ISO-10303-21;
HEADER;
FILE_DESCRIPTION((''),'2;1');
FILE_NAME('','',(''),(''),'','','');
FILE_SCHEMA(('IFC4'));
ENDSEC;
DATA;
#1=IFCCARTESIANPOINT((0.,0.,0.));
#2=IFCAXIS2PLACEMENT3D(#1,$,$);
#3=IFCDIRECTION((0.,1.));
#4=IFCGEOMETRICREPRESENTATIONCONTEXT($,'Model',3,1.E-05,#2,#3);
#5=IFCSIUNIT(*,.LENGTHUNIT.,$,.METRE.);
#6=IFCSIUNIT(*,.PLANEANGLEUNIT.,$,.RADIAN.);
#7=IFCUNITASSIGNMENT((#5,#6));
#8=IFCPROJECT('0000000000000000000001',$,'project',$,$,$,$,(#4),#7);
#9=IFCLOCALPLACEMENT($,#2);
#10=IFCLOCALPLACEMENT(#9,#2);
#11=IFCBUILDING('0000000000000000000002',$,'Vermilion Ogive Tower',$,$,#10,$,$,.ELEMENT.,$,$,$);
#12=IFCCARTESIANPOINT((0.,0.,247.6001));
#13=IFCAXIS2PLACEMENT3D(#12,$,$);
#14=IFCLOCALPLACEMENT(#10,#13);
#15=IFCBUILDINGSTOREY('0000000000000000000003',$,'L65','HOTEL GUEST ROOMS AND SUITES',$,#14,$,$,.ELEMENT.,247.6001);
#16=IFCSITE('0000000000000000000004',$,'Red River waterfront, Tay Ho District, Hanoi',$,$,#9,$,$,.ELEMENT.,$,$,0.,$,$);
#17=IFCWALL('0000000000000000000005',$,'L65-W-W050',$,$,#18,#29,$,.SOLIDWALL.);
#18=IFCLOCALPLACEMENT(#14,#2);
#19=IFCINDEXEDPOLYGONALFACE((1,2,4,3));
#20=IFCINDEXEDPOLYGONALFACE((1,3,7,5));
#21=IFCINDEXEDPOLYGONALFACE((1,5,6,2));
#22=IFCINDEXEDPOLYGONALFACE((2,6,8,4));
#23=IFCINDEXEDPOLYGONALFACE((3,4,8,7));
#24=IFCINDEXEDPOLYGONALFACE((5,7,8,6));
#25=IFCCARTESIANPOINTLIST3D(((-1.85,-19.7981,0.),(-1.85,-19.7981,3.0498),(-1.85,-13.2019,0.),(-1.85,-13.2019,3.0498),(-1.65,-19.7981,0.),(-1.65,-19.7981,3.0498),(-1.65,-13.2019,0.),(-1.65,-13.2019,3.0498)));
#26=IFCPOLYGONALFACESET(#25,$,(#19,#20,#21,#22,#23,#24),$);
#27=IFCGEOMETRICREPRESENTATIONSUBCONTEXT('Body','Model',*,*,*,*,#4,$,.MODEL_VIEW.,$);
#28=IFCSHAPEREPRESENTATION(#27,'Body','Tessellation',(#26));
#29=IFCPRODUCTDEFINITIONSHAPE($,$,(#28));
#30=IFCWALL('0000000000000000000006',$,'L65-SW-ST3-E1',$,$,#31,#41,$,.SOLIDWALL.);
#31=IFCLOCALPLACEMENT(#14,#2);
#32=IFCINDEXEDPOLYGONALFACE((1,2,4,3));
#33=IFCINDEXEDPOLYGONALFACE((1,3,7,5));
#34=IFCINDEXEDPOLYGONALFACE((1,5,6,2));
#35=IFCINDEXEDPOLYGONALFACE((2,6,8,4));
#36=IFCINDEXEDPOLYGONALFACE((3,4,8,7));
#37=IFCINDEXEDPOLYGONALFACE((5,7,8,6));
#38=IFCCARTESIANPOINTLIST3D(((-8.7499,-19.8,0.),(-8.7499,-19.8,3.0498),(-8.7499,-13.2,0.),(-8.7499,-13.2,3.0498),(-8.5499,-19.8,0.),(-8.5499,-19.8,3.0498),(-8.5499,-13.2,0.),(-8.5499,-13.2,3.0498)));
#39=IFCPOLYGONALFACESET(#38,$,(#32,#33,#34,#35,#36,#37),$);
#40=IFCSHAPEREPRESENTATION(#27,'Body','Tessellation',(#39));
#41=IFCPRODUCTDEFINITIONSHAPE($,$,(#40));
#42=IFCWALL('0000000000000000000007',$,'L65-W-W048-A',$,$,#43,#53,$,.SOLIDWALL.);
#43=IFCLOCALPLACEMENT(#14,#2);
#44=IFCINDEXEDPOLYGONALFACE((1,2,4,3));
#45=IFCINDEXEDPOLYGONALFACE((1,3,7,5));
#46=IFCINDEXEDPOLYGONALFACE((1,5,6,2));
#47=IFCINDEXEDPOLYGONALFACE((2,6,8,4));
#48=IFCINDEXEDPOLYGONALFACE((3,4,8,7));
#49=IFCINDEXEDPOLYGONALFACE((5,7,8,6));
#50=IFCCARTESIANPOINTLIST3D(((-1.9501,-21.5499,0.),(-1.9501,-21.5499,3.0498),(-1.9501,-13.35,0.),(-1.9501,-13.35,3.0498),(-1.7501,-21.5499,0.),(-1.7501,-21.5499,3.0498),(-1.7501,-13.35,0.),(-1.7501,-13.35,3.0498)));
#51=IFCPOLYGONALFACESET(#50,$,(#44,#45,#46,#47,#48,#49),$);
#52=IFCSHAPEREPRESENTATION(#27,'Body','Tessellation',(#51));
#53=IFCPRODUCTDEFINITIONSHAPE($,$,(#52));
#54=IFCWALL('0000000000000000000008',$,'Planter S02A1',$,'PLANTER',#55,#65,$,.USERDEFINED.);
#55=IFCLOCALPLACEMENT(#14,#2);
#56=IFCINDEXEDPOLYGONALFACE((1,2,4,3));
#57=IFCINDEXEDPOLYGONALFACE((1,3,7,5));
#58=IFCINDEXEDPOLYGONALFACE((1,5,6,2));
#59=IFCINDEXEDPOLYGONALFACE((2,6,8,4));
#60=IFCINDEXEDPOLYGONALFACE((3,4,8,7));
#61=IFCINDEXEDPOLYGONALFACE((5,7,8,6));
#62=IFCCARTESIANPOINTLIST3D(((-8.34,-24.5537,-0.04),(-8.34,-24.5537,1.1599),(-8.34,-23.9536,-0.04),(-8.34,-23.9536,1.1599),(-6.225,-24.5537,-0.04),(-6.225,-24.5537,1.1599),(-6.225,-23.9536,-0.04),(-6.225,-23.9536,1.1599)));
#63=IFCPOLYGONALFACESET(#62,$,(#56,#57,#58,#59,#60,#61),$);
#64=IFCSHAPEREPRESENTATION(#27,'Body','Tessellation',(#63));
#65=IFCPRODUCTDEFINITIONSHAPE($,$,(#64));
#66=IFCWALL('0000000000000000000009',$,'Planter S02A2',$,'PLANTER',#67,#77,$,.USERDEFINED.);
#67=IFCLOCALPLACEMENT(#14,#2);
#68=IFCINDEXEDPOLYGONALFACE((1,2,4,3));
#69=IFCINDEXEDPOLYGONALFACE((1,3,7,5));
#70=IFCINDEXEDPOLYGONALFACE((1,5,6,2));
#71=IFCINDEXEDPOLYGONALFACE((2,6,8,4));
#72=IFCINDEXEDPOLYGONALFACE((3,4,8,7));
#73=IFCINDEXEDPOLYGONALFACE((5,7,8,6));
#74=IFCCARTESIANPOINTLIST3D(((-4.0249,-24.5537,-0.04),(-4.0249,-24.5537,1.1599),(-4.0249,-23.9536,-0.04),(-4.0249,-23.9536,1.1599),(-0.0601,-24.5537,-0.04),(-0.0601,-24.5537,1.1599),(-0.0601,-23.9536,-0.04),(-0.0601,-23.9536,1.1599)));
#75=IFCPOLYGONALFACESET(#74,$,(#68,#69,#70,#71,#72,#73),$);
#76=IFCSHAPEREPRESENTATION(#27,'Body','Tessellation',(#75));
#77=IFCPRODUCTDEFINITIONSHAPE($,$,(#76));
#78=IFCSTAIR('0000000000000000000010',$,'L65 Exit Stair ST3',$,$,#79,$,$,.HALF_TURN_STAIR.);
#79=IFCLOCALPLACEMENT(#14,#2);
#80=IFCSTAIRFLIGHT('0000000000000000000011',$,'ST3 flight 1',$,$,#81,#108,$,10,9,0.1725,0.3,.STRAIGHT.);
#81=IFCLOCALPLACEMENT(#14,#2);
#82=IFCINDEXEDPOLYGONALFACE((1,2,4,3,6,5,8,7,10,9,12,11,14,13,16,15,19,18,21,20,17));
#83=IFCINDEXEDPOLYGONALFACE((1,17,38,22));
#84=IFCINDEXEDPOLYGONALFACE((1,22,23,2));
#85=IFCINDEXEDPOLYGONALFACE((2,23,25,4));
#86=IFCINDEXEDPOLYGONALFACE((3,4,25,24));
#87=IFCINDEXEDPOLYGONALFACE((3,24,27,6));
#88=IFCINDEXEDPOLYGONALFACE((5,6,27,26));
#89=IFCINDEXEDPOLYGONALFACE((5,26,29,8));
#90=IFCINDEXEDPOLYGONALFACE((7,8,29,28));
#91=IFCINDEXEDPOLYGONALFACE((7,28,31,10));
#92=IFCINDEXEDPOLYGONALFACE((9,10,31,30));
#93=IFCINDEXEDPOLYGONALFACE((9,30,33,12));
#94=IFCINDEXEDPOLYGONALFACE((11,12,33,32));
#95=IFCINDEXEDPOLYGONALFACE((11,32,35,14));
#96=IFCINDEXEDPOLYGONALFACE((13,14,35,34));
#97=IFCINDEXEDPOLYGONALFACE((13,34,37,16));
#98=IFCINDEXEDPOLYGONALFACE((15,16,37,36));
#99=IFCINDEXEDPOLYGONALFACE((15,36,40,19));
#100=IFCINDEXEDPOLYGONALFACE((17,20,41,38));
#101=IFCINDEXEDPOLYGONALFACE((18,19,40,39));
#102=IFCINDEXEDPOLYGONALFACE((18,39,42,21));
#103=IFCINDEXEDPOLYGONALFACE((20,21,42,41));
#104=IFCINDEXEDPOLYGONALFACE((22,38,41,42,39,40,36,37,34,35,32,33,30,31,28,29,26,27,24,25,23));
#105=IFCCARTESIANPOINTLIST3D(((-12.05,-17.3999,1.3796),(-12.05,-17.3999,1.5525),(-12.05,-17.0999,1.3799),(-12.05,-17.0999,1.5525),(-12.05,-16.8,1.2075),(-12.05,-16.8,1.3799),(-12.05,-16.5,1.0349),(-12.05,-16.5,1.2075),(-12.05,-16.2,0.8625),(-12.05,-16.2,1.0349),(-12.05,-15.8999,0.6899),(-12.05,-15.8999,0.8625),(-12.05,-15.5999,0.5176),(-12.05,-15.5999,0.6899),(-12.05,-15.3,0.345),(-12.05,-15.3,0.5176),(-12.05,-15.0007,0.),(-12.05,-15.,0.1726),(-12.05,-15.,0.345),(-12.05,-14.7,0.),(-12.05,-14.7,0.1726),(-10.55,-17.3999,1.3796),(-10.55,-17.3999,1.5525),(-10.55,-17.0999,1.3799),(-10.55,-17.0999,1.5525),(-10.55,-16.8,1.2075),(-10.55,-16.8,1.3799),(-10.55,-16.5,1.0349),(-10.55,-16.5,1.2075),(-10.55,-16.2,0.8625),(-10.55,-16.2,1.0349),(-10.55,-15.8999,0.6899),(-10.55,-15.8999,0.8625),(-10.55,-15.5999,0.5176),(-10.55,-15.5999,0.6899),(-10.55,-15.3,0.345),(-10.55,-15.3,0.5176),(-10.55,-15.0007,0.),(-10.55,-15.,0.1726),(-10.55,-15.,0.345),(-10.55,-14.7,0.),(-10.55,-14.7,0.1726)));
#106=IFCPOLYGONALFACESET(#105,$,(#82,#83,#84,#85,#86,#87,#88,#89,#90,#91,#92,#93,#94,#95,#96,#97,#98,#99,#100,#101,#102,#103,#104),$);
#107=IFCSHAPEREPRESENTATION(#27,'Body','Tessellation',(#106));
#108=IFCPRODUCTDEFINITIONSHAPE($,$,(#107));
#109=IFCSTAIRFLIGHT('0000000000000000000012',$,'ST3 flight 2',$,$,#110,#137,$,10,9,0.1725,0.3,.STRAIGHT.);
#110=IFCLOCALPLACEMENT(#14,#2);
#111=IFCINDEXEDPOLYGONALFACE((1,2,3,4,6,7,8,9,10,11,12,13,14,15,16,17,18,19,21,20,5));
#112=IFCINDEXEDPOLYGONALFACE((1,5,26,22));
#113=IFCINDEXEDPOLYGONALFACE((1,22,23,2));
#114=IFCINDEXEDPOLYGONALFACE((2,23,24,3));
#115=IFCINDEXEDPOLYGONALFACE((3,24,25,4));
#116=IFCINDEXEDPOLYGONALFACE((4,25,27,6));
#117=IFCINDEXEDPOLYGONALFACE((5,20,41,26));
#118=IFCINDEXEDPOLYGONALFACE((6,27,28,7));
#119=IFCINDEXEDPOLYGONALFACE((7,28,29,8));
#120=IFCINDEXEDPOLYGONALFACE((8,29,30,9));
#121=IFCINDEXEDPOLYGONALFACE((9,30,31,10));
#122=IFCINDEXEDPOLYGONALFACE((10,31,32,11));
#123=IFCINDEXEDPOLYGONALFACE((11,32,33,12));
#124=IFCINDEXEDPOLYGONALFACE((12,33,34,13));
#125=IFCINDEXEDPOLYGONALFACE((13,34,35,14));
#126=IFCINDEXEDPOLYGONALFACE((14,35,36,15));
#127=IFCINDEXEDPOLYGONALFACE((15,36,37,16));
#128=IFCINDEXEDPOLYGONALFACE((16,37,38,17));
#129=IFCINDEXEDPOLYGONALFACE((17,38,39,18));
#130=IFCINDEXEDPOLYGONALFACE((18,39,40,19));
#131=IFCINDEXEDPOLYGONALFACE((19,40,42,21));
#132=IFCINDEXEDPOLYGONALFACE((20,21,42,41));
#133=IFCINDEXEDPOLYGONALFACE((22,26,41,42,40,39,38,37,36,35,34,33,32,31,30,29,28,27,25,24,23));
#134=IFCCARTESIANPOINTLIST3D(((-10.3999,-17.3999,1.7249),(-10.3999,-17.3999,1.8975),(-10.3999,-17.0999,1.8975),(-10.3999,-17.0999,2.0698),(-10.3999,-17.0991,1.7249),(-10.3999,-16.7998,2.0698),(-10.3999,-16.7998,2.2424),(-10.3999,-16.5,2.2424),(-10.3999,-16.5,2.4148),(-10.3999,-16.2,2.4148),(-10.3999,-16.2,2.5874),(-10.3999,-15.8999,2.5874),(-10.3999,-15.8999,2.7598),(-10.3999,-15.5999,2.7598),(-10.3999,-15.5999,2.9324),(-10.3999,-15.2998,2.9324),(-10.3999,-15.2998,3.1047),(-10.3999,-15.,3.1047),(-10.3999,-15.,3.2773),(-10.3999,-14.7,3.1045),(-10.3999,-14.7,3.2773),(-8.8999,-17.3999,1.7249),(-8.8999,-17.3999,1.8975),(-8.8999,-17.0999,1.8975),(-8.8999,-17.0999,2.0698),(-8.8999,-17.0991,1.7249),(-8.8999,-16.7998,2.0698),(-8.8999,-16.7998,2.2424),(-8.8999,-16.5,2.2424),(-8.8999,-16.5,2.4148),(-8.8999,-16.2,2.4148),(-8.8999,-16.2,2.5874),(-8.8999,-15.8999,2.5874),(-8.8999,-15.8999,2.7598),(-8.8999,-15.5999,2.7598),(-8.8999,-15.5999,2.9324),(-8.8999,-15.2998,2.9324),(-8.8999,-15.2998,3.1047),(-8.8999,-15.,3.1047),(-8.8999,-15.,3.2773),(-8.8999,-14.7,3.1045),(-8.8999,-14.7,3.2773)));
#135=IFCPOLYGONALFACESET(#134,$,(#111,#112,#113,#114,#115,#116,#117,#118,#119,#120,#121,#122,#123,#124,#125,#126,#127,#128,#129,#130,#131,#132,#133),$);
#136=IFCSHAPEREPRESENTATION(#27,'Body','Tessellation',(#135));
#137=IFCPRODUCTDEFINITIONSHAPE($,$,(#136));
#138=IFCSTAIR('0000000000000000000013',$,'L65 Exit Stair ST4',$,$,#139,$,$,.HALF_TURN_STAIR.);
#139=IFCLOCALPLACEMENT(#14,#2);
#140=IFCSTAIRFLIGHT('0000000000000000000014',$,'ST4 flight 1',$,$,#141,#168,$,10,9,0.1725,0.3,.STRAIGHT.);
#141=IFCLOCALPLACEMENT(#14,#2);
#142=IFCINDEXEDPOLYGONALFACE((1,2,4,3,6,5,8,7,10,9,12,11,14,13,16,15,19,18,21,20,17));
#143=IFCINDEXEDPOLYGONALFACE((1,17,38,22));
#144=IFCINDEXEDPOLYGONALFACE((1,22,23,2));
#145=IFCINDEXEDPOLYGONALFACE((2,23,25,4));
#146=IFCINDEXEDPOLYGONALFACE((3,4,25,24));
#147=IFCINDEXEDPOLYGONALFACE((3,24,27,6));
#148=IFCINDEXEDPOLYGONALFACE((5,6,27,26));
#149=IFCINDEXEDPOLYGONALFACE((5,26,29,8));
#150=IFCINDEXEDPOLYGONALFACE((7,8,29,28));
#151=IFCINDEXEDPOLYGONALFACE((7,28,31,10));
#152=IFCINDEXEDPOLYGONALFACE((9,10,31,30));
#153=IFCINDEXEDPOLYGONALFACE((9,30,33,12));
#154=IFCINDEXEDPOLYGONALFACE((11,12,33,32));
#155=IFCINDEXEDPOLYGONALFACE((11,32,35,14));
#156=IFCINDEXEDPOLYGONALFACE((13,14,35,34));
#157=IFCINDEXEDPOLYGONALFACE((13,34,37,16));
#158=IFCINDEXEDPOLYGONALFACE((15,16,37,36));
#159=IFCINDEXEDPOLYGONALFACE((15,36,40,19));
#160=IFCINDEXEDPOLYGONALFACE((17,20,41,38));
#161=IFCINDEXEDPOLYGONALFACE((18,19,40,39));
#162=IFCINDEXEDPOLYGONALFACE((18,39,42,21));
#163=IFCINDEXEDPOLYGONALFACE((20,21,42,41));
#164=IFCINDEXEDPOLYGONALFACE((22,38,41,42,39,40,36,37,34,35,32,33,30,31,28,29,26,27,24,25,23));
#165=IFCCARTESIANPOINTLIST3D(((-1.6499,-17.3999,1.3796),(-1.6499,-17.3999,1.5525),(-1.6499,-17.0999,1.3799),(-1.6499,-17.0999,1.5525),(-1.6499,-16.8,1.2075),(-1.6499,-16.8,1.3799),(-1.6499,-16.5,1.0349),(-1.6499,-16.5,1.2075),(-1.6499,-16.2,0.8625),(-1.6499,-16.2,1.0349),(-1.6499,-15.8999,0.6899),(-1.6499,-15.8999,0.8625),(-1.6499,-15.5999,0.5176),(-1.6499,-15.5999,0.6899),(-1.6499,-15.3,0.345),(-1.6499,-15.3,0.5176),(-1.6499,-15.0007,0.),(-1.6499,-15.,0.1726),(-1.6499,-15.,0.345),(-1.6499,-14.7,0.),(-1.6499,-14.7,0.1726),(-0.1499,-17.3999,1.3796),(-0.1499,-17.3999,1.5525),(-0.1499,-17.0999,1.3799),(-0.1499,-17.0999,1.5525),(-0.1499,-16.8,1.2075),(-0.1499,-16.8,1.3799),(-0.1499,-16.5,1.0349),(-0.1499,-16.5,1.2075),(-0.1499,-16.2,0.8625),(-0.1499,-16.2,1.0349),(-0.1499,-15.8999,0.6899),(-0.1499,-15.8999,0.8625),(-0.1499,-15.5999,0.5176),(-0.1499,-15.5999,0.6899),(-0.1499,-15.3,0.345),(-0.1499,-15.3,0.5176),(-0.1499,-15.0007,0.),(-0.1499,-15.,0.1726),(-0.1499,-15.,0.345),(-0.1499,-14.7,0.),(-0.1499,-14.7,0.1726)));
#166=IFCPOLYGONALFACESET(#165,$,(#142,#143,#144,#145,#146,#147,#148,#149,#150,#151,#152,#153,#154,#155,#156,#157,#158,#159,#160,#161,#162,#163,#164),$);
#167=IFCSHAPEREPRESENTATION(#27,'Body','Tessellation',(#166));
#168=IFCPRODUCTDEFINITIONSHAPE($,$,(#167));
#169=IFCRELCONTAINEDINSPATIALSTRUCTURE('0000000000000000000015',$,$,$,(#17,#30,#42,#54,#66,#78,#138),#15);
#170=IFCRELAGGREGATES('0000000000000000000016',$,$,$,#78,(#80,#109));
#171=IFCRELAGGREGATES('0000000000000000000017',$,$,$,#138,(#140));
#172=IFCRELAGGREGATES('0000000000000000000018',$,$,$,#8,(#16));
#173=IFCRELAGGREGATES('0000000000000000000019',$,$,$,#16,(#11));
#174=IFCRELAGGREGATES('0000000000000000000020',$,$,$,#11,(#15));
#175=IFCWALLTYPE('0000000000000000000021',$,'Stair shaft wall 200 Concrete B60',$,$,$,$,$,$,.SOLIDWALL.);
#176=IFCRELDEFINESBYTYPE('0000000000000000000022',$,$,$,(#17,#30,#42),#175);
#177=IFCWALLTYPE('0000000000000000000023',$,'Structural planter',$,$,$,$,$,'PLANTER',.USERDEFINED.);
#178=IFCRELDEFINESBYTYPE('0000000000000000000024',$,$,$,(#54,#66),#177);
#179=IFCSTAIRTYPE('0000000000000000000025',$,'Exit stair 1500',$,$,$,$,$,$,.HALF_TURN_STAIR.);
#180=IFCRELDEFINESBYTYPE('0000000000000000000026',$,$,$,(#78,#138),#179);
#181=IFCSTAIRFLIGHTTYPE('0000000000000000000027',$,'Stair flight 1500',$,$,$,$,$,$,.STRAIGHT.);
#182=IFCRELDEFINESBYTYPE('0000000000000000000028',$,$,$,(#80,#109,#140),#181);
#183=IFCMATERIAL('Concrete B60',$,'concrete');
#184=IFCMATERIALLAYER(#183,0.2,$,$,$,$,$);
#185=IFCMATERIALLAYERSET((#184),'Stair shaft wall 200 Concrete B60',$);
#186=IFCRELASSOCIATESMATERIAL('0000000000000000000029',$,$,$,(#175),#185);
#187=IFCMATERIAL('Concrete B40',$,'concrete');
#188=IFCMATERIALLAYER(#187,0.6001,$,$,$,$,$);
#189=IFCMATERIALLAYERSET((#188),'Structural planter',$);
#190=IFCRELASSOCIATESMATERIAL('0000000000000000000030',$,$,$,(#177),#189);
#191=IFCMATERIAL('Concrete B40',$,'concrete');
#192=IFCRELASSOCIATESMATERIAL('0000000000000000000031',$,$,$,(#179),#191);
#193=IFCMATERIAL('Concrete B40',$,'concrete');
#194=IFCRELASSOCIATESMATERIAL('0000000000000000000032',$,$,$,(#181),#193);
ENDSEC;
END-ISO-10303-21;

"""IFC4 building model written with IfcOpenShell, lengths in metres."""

from ifc_helpers import new_model, si_unit, direction, frame, frame_2d, origin, place, context, subcontext, project, spatial, polyline, rectangle, outline, extrude, material, layer, layer_set, type_object, element, aggregate, save


model = new_model("IFC4")

# Units and contexts
model_context = context("Model", 3, precision=1e-05, world=origin(), true_north=direction((0.0, 1.0)))
body_context = subcontext(model_context, "Body", "Model", "MODEL_VIEW")
ifc_project = project(units=[si_unit("LENGTHUNIT", "METRE"), si_unit("PLANEANGLEUNIT", "RADIAN")], contexts=[model_context])

# Site, building, storey
site_placement = place(None, origin())
site = spatial("IfcSite", under=ifc_project, at=site_placement, Name="Red River waterfront, Tay Ho District, Hanoi", CompositionType="ELEMENT", RefElevation=0.0)
building_placement = place(site_placement, origin())
building = spatial("IfcBuilding", under=site, at=building_placement, Name="Vermilion Ogive Tower", CompositionType="ELEMENT")
storey_placement = place(building_placement, frame((0.0, 0.0, 247.6001)))
storey = spatial("IfcBuildingStorey", under=building, at=storey_placement, Name="L65", Description="HOTEL GUEST ROOMS AND SUITES", CompositionType="ELEMENT", Elevation=247.6001)

# Shared definitions
ifc_material_1 = material(Name="Concrete B60", Category="concrete")
ifc_layer_1 = layer(ifc_material_1, 0.2)
ifc_layer_set_1 = layer_set([ifc_layer_1], Name="Stair shaft wall 200 Concrete B60")
wall_type_1 = type_object("IfcWallType", Name="Stair shaft wall 200 Concrete B60", PredefinedType="SOLIDWALL", material=ifc_layer_set_1)

# Walls
wall_1_placement = place(storey_placement, frame((-1.75, -19.7981, 0.0), z_axis=(0.0, 0.0, 1.0), x_axis=(0.0, 1.0, 0.0)))
element("IfcWall", 1, at=wall_1_placement, inside=storey, type_object=wall_type_1, Name="L65-W-W050", PredefinedType="SOLIDWALL", context=body_context, shape_type="SweptSolid", body=[
    extrude(rectangle(XDim=6.5962, YDim=0.2, at=frame_2d((3.2981, 0.0))), origin(), (0.0, 0.0, 1.0), 3.0498),
])
wall_2_placement = place(storey_placement, frame((-8.6499, -19.8, 0.0), z_axis=(0.0, 0.0, 1.0), x_axis=(0.0, 1.0, 0.0)))
element("IfcWall", 2, at=wall_2_placement, inside=storey, type_object=wall_type_1, Name="L65-SW-ST3-E1", PredefinedType="SOLIDWALL", context=body_context, shape_type="SweptSolid", body=[
    extrude(rectangle(XDim=6.6001, YDim=0.2, at=frame_2d((3.3, 0.0))), origin(), (0.0, 0.0, 1.0), 3.0498),
])
wall_3_placement = place(storey_placement, frame((-1.8501, -21.55, 0.0), z_axis=(0.0, 0.0, 1.0), x_axis=(0.0, 1.0, 0.0)))
element("IfcWall", 3, at=wall_3_placement, inside=storey, type_object=wall_type_1, Name="L65-W-W048-A", PredefinedType="SOLIDWALL", context=body_context, shape_type="SweptSolid", body=[
    extrude(rectangle(XDim=8.2, YDim=0.2, at=frame_2d((4.1001, 0.0))), origin(), (0.0, 0.0, 1.0), 3.0498),
])
ifc_material_2 = material(Name="Concrete B40", Category="concrete")
ifc_layer_2 = layer(ifc_material_2, 0.6001)
ifc_layer_set_2 = layer_set([ifc_layer_2], Name="Structural planter")
wall_type_2 = type_object("IfcWallType", Name="Structural planter", ElementType="PLANTER", PredefinedType="USERDEFINED", material=ifc_layer_set_2)
wall_4_placement = place(storey_placement, frame((-8.3401, -24.2537, -0.04), z_axis=(0.0, 0.0, 1.0), x_axis=(1.0, 0.0, 0.0)))
element("IfcWall", 4, at=wall_4_placement, inside=storey, type_object=wall_type_2, Name="Planter S02A1", ObjectType="PLANTER", PredefinedType="USERDEFINED", context=body_context, shape_type="SweptSolid", body=[
    extrude(rectangle(XDim=2.115, YDim=0.6001, at=frame_2d((1.0576, 0.0))), origin(), (0.0, 0.0, 1.0), 1.2),
])
wall_5_placement = place(storey_placement, frame((-4.0249, -24.2537, -0.04), z_axis=(0.0, 0.0, 1.0), x_axis=(1.0, 0.0, 0.0)))
element("IfcWall", 5, at=wall_5_placement, inside=storey, type_object=wall_type_2, Name="Planter S02A2", ObjectType="PLANTER", PredefinedType="USERDEFINED", context=body_context, shape_type="SweptSolid", body=[
    extrude(rectangle(XDim=3.9648, YDim=0.6001, at=frame_2d((1.9824, 0.0))), origin(), (0.0, 0.0, 1.0), 1.2),
])

# Stair, stair flights
ifc_material_3 = material(Name="Concrete B40", Category="concrete")
stair_type = type_object("IfcStairType", Name="Exit stair 1500", PredefinedType="HALF_TURN_STAIR", material=ifc_material_3)
stair_1_placement = place(storey_placement, origin())
stair_1 = element("IfcStair", 6, at=stair_1_placement, inside=storey, type_object=stair_type, Name="L65 Exit Stair ST3", PredefinedType="HALF_TURN_STAIR")
ifc_material_4 = material(Name="Concrete B40", Category="concrete")
stair_flight_type = type_object("IfcStairFlightType", Name="Stair flight 1500", PredefinedType="STRAIGHT", material=ifc_material_4)
stair_flight_1_placement = place(storey_placement, frame((-11.3, -14.7, 0.0), z_axis=(0.0, 0.0, 1.0), x_axis=(0.0, -1.0, 0.0)))
stair_flight_1 = element("IfcStairFlight", 7, at=stair_flight_1_placement, type_object=stair_flight_type, Name="ST3 flight 1", NumberOfRisers=10, NumberOfTreads=9, PredefinedType="STRAIGHT", RiserHeight=0.1725, TreadLength=0.3, context=body_context, shape_type="SweptSolid", body=[
    extrude(outline(polyline([(0.0, 0.0), (0.0, 0.1726), (0.3, 0.1726), (0.3, 0.345), (0.6001, 0.345), (0.6001, 0.5176), (0.8999, 0.5176), (0.8999, 0.6899), (1.2, 0.6899), (1.2, 0.8625), (1.5, 0.8625), (1.5, 1.0349), (1.8, 1.0349), (1.8, 1.2075), (2.1001, 1.2075), (2.1001, 1.3799), (2.3999, 1.3799), (2.3999, 1.5525), (2.7, 1.5525), (2.7, 1.7251), (2.7, 1.3796), (0.3008, 0.0), (0.0, 0.0)])), frame((0.0, 0.75, 0.0), z_axis=(0.0, -1.0, 0.0), x_axis=(1.0, 0.0, 0.0)), (0.0, 0.0, 1.0), 1.5),
])
stair_flight_2_placement = place(storey_placement, frame((-9.6499, -17.3999, 1.7249), z_axis=(0.0, 0.0, 1.0), x_axis=(0.0, 1.0, 0.0)))
stair_flight_2 = element("IfcStairFlight", 8, at=stair_flight_2_placement, type_object=stair_flight_type, Name="ST3 flight 2", NumberOfRisers=10, NumberOfTreads=9, PredefinedType="STRAIGHT", RiserHeight=0.1725, TreadLength=0.3, context=body_context, shape_type="SweptSolid", body=[
    extrude(outline(polyline([(0.0, 0.0), (0.0, 0.1726), (0.3, 0.1726), (0.3, 0.345), (0.6001, 0.345), (0.6001, 0.5176), (0.8999, 0.5176), (0.8999, 0.6899), (1.2, 0.6899), (1.2, 0.8625), (1.5, 0.8625), (1.5, 1.0349), (1.8, 1.0349), (1.8, 1.2075), (2.1001, 1.2075), (2.1001, 1.3799), (2.3999, 1.3799), (2.3999, 1.5525), (2.7, 1.5525), (2.7, 1.7251), (2.7, 1.3796), (0.3008, 0.0), (0.0, 0.0)])), frame((0.0, 0.75, 0.0), z_axis=(0.0, -1.0, 0.0), x_axis=(1.0, 0.0, 0.0)), (0.0, 0.0, 1.0), 1.5),
])
aggregate(stair_1, [stair_flight_1, stair_flight_2])

# Stair, stair flight
stair_2_placement = place(storey_placement, origin())
stair_2 = element("IfcStair", 9, at=stair_2_placement, inside=storey, type_object=stair_type, Name="L65 Exit Stair ST4", PredefinedType="HALF_TURN_STAIR")
stair_flight_3_placement = place(storey_placement, frame((-0.8999, -14.7, 0.0), z_axis=(0.0, 0.0, 1.0), x_axis=(0.0, -1.0, 0.0)))
stair_flight_3 = element("IfcStairFlight", 10, at=stair_flight_3_placement, type_object=stair_flight_type, Name="ST4 flight 1", NumberOfRisers=10, NumberOfTreads=9, PredefinedType="STRAIGHT", RiserHeight=0.1725, TreadLength=0.3, context=body_context, shape_type="SweptSolid", body=[
    extrude(outline(polyline([(0.0, 0.0), (0.0, 0.1726), (0.3, 0.1726), (0.3, 0.345), (0.6001, 0.345), (0.6001, 0.5176), (0.8999, 0.5176), (0.8999, 0.6899), (1.2, 0.6899), (1.2, 0.8625), (1.5, 0.8625), (1.5, 1.0349), (1.8, 1.0349), (1.8, 1.2075), (2.1001, 1.2075), (2.1001, 1.3799), (2.3999, 1.3799), (2.3999, 1.5525), (2.7, 1.5525), (2.7, 1.7251), (2.7, 1.3796), (0.3008, 0.0), (0.0, 0.0)])), frame((0.0, 0.75, 0.0), z_axis=(0.0, -1.0, 0.0), x_axis=(1.0, 0.0, 0.0)), (0.0, 0.0, 1.0), 1.5),
])
aggregate(stair_2, [stair_flight_3])

save(model, "model.ifc")
